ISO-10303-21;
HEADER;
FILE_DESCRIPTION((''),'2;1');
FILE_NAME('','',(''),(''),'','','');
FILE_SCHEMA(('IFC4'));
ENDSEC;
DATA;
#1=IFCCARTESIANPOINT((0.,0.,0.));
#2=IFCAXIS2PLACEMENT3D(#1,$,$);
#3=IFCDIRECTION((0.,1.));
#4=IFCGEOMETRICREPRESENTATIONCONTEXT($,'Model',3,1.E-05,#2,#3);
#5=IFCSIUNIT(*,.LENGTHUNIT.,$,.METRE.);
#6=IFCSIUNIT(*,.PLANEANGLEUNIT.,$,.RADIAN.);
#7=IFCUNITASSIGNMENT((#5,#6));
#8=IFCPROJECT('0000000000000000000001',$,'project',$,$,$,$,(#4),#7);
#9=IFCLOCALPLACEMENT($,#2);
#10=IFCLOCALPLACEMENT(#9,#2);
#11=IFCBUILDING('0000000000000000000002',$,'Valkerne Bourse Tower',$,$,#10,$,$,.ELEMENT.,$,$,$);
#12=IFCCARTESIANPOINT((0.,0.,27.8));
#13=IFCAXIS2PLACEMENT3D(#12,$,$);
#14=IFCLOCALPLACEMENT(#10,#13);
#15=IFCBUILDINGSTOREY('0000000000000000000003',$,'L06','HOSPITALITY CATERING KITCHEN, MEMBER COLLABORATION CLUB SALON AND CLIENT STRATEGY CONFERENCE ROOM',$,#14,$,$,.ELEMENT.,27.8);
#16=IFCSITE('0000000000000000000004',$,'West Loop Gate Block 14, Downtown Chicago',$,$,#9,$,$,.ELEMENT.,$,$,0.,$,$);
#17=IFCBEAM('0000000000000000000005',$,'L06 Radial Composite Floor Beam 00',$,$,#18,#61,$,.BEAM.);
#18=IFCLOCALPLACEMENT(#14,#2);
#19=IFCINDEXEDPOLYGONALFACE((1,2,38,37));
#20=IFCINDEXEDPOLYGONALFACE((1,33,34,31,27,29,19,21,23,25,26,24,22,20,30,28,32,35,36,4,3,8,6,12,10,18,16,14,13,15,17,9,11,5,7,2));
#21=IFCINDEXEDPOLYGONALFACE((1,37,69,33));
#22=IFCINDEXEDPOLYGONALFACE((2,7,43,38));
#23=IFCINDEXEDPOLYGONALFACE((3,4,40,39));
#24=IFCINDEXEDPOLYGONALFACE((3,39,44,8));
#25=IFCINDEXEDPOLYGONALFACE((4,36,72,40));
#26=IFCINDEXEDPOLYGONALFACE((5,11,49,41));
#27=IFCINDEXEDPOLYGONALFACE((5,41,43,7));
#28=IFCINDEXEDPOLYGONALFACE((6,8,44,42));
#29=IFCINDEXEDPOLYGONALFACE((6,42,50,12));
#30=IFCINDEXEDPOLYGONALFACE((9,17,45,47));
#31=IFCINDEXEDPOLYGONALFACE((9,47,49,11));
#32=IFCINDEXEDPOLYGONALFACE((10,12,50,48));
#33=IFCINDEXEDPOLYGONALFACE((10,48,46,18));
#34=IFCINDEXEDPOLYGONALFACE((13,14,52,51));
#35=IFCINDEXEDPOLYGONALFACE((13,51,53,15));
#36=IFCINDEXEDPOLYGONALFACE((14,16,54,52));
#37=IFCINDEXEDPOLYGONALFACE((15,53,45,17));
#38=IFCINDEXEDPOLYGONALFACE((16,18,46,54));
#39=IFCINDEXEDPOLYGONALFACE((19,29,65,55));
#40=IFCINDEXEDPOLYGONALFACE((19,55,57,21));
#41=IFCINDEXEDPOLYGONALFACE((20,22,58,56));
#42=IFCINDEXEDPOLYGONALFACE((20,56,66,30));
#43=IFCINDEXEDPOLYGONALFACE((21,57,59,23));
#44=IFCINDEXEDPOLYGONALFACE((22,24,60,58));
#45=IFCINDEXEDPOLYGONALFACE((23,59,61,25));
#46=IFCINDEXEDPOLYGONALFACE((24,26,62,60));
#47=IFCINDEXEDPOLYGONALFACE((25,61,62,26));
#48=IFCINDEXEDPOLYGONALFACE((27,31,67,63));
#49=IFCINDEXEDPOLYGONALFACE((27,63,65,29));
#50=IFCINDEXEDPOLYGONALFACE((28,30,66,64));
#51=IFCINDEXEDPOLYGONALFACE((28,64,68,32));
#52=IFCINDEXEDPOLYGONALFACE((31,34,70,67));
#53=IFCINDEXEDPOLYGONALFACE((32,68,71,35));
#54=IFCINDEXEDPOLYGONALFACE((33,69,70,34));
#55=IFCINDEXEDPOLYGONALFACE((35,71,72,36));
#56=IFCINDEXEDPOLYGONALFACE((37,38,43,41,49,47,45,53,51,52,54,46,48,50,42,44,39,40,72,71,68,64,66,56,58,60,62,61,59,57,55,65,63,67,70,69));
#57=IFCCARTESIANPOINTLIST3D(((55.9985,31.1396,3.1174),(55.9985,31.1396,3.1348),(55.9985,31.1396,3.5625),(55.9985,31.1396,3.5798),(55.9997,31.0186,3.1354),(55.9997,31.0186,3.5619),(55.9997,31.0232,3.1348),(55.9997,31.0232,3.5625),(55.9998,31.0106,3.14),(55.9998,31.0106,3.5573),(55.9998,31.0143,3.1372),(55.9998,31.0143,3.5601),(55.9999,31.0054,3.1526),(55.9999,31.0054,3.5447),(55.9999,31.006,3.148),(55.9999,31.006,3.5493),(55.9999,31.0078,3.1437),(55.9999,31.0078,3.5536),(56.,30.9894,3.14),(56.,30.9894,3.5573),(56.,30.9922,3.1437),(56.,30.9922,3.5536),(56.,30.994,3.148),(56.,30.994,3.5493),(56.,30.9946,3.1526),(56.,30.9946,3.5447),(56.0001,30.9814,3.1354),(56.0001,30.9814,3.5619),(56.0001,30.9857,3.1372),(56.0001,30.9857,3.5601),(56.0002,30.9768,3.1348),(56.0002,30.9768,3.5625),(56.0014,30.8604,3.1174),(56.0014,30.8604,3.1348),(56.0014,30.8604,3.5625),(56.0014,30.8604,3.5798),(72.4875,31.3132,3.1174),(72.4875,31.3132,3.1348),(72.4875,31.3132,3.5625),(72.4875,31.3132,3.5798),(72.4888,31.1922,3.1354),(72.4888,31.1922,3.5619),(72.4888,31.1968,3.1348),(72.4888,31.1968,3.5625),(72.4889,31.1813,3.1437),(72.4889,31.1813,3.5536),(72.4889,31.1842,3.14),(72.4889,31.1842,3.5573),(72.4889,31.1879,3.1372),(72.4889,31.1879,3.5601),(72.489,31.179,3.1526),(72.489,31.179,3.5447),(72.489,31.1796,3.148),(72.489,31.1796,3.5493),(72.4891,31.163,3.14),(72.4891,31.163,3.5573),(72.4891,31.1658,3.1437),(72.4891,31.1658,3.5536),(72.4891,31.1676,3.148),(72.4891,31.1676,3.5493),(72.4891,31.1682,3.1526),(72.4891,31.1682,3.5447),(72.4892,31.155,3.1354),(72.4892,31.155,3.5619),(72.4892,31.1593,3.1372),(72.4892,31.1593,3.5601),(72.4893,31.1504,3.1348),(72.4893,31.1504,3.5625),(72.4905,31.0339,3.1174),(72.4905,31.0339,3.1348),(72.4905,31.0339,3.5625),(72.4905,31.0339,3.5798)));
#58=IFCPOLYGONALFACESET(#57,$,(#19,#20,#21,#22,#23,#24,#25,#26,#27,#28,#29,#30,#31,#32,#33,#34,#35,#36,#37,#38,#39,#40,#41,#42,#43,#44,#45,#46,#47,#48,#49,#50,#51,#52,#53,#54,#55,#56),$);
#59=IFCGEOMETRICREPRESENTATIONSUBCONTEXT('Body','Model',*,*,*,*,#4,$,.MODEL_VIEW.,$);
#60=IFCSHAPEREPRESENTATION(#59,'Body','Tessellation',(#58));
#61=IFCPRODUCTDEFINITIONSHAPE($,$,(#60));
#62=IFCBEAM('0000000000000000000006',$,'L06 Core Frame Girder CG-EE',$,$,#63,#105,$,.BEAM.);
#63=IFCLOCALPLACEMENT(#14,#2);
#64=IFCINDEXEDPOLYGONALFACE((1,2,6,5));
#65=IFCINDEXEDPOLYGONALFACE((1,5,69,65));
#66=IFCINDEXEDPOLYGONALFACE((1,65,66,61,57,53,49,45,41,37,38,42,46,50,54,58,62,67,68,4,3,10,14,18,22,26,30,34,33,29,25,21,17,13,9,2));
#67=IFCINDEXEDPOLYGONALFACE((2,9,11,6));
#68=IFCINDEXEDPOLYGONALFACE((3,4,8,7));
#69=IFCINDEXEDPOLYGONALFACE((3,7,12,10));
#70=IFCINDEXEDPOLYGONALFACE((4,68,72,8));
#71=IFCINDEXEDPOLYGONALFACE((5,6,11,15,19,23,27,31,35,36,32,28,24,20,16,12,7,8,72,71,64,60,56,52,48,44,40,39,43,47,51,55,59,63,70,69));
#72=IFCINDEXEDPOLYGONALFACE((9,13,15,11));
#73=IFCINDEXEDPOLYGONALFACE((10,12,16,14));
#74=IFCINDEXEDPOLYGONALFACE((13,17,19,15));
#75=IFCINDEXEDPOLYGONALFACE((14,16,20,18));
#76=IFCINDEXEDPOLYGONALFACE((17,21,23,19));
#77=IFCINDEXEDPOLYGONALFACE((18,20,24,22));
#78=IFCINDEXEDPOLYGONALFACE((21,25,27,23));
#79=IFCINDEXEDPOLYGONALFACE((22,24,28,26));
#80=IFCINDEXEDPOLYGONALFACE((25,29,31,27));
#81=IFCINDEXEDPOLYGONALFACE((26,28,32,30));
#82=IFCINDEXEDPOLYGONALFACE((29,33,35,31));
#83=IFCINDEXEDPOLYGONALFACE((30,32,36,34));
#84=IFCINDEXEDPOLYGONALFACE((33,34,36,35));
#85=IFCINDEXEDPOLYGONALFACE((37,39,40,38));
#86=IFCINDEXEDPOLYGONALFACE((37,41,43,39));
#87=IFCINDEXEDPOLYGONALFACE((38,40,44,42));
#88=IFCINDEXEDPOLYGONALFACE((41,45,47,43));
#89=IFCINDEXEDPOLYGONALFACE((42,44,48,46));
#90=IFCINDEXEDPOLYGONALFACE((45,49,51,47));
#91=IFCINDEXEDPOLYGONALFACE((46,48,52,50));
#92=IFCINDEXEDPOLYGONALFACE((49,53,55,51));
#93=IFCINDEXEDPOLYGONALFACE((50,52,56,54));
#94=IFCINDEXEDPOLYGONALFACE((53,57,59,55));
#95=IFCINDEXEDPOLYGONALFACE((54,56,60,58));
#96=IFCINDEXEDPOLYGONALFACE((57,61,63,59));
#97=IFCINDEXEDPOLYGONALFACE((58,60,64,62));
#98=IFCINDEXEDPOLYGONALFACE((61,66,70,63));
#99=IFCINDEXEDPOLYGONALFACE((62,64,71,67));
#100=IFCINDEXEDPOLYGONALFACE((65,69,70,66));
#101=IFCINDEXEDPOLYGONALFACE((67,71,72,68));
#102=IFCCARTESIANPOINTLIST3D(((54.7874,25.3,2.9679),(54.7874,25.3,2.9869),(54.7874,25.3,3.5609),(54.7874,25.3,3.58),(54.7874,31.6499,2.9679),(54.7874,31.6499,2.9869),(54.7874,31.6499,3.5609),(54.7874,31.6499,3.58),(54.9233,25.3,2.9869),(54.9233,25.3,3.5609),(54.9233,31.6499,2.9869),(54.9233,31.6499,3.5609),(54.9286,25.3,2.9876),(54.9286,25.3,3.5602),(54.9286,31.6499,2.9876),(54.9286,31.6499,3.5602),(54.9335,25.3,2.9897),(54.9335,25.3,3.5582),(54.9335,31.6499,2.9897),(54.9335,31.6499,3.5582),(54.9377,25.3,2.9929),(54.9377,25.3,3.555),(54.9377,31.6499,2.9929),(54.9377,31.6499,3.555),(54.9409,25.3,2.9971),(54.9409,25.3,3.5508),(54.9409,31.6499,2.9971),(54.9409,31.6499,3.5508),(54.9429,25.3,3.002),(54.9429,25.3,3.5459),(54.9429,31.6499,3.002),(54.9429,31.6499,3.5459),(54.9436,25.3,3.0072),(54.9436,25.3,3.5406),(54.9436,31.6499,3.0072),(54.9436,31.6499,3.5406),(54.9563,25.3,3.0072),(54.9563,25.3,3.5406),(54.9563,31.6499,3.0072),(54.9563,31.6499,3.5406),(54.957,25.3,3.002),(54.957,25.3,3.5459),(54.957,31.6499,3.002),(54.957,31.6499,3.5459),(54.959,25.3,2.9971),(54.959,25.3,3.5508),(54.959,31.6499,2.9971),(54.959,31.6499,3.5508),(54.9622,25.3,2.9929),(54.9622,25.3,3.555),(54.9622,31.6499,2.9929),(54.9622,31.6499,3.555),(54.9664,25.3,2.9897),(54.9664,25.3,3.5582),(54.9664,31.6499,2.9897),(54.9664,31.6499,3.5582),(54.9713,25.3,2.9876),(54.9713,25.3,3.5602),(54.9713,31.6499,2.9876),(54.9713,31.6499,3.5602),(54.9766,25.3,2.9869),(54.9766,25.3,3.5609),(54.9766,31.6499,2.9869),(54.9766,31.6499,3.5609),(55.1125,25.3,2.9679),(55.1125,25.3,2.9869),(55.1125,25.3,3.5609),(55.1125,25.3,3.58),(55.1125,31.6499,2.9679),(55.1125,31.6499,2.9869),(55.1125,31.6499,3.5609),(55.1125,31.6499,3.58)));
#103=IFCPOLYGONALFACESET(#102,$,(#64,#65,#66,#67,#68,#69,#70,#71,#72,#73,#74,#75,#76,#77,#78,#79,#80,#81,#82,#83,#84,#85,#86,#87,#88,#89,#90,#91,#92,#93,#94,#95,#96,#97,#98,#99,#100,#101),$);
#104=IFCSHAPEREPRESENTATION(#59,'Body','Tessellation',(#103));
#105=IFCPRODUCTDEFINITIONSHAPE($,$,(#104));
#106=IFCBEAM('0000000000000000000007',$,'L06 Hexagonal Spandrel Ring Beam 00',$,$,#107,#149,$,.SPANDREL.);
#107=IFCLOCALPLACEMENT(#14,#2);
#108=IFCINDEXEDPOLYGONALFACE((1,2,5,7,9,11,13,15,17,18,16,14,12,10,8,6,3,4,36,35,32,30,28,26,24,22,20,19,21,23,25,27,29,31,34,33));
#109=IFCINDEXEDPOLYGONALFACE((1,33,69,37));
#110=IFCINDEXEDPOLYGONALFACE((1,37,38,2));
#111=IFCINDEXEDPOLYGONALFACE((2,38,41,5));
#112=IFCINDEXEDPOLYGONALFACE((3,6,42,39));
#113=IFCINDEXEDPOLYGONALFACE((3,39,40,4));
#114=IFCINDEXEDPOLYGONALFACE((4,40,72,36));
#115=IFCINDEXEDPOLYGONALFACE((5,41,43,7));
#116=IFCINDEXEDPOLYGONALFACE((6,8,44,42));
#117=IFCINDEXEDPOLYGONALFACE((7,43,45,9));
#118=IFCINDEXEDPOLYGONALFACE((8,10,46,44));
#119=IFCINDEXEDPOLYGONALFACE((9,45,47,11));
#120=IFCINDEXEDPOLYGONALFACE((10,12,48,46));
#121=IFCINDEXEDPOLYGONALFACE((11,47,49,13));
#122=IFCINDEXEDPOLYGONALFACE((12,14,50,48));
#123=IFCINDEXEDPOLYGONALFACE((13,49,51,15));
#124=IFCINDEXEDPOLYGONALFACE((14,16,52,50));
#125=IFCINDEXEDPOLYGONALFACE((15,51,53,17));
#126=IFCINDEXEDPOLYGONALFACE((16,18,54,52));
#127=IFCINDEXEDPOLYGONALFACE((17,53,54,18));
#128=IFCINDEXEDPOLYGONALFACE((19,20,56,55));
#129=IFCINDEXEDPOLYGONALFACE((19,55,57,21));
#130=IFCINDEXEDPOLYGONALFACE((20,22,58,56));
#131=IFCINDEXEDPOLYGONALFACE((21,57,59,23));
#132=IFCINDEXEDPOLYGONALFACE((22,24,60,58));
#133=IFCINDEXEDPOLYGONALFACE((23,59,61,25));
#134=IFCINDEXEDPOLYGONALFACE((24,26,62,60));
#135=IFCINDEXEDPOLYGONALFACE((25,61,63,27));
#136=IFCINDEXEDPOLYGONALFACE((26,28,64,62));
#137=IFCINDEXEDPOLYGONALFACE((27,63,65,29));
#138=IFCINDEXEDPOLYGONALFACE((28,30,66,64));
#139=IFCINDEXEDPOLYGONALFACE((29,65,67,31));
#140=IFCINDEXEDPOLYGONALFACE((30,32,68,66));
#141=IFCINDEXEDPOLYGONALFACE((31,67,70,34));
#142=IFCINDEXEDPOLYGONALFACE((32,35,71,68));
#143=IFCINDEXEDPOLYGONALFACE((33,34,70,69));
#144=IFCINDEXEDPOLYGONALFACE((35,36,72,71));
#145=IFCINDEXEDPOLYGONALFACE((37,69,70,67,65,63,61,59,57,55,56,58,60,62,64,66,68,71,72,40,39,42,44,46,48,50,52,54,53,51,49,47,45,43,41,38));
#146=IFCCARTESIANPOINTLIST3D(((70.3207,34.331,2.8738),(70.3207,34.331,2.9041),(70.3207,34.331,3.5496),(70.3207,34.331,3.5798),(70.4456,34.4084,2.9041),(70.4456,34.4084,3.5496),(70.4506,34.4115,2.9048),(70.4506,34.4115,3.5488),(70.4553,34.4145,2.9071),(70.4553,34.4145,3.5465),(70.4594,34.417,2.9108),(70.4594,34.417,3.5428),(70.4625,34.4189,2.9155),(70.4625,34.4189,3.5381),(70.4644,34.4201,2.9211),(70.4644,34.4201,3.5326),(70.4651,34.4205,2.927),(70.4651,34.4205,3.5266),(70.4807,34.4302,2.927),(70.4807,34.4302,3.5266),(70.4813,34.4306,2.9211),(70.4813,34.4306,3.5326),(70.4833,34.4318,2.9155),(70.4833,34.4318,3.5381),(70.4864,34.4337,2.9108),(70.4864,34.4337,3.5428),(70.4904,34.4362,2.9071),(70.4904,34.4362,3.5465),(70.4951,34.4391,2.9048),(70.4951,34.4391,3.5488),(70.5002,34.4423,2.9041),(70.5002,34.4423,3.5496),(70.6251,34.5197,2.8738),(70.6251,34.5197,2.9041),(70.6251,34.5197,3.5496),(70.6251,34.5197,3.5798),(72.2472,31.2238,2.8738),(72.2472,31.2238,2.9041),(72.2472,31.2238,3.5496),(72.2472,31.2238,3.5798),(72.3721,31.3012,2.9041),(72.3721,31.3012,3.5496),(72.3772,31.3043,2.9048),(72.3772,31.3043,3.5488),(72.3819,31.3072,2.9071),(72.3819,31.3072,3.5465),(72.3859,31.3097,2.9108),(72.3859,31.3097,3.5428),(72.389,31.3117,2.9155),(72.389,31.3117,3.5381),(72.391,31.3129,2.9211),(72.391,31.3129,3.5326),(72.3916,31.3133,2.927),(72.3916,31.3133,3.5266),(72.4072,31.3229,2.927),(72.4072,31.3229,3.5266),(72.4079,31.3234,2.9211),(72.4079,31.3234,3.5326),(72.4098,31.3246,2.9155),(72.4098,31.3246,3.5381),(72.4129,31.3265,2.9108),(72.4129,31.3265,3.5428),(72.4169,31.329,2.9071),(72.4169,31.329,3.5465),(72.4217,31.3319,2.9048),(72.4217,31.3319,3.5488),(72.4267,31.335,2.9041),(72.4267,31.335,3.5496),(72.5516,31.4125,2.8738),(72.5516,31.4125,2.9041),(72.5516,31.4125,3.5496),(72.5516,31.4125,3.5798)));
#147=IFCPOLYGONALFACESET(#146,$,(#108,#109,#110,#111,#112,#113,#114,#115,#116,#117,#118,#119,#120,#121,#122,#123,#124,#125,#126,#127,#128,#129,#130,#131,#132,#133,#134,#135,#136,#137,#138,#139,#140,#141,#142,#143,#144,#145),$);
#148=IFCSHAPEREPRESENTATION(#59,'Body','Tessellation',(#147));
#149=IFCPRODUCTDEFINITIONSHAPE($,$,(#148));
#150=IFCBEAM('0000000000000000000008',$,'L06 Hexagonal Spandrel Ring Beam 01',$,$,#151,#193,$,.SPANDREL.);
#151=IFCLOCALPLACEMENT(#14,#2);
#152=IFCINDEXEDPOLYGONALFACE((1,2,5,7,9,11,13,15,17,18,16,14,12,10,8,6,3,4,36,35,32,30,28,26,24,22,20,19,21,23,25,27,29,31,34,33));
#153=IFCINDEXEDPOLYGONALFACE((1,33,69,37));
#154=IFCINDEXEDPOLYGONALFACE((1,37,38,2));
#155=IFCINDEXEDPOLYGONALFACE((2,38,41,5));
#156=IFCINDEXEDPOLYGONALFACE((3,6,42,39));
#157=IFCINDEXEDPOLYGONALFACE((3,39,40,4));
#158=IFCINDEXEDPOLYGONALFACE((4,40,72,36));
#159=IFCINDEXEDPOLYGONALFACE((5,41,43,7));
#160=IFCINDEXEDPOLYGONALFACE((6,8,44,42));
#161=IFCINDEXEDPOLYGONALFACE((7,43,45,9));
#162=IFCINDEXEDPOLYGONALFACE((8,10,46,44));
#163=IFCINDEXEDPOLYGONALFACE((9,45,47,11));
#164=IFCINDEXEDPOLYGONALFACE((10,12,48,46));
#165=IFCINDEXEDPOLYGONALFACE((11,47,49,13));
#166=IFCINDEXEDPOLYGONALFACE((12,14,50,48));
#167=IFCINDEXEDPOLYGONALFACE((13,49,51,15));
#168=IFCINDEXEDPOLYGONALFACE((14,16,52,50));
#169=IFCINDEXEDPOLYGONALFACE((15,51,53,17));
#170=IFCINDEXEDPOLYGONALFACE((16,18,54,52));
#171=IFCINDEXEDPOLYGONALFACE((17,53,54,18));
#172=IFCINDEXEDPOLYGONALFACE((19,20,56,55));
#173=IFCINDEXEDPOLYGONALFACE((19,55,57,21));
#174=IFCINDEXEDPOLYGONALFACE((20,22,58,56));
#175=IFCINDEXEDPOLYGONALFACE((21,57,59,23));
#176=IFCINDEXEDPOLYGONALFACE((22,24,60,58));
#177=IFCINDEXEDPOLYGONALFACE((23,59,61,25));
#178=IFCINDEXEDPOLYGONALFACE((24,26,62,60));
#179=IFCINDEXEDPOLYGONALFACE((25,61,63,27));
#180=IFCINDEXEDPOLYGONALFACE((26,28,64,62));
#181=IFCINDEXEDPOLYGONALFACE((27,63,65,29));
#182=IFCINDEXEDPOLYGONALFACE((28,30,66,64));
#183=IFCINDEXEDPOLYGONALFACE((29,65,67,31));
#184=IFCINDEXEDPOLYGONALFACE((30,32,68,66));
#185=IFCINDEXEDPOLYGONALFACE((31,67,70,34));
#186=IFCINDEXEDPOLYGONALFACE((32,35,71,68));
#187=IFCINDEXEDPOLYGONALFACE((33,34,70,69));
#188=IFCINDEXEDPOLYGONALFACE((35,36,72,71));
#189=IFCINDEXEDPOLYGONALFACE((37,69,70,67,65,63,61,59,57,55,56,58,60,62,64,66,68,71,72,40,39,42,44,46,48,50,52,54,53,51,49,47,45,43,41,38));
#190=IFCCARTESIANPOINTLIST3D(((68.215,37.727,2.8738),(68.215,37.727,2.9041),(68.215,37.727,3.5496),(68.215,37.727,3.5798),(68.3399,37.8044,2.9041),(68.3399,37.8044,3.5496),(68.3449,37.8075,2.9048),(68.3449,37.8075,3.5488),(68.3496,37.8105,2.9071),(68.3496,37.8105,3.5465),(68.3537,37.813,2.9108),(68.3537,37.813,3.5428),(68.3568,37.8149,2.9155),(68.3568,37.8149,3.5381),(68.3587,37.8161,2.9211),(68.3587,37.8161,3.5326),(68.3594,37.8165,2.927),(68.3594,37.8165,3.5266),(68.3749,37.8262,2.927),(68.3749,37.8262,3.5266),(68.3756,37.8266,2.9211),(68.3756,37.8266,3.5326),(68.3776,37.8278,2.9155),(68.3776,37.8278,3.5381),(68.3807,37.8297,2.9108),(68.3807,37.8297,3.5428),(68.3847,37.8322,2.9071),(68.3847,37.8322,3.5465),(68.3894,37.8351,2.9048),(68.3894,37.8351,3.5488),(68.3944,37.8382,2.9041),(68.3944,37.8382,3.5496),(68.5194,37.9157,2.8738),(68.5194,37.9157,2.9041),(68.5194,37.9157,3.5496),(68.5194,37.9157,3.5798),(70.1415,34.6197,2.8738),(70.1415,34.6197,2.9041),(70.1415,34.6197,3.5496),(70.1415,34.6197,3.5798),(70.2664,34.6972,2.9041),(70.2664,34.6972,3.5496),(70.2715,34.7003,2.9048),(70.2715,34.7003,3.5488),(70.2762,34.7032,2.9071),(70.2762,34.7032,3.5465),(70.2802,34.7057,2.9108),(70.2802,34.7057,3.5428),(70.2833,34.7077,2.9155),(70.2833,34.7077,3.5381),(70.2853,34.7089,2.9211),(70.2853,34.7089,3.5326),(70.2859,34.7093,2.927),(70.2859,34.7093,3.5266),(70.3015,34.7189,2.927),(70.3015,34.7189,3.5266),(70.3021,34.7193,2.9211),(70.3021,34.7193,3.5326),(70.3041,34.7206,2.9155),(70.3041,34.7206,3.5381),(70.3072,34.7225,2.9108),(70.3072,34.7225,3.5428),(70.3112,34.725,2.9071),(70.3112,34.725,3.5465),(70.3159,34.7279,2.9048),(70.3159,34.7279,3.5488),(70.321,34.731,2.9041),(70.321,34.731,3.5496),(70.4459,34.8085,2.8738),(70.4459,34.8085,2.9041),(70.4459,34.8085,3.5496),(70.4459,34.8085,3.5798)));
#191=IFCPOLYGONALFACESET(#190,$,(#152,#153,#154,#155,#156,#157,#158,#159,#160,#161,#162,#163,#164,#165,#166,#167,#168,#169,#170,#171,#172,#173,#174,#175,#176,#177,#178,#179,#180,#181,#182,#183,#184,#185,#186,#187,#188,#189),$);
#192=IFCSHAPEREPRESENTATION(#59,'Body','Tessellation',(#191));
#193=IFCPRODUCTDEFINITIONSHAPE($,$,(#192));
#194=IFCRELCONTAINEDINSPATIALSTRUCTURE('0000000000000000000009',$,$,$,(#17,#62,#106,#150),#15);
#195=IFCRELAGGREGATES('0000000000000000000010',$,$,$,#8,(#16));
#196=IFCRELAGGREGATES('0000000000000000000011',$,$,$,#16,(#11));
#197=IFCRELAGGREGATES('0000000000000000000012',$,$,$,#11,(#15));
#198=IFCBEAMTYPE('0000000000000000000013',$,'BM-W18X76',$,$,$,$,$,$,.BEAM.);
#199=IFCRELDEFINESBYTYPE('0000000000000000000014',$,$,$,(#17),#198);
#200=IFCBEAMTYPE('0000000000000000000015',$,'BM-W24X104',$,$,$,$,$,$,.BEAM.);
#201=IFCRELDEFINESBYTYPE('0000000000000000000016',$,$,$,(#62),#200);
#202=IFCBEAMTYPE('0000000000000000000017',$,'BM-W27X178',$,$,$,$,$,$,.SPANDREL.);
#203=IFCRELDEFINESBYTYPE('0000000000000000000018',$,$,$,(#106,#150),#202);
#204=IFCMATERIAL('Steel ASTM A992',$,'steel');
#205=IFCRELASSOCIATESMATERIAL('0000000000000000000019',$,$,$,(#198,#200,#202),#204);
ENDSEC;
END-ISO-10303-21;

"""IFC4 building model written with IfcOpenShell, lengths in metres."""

from ifc_helpers import new_model, si_unit, direction, frame, origin, origin_2d, place, context, subcontext, project, spatial, i_section, extrude, material, material_profile, profile_set, type_object, element, save


model = new_model("IFC4")

# Units and contexts
model_context = context("Model", 3, precision=1e-05, world=origin(), true_north=direction((0.0, 1.0)))
body_context = subcontext(model_context, "Body", "Model", "MODEL_VIEW")
ifc_project = project(units=[si_unit("LENGTHUNIT", "METRE"), si_unit("PLANEANGLEUNIT", "RADIAN")], contexts=[model_context])

# Site, building, storey
site_placement = place(None, origin())
site = spatial("IfcSite", under=ifc_project, at=site_placement, Name="West Loop Gate Block 14, Downtown Chicago", CompositionType="ELEMENT", RefElevation=0.0)
building_placement = place(site_placement, origin())
building = spatial("IfcBuilding", under=site, at=building_placement, Name="Valkerne Bourse Tower", CompositionType="ELEMENT")
storey_placement = place(building_placement, frame((0.0, 0.0, 27.8)))
storey = spatial("IfcBuildingStorey", under=building, at=storey_placement, Name="L06", Description="HOSPITALITY CATERING KITCHEN, MEMBER COLLABORATION CLUB SALON AND CLIENT STRATEGY CONFERENCE ROOM", CompositionType="ELEMENT", Elevation=27.8)

# Beams
ifc_material_1 = material(Name="Steel ASTM A992", Category="steel")
ifc_material_profile_1 = material_profile(ifc_material_1, i_section(OverallWidth=0.2793, OverallDepth=0.4624, WebThickness=0.0107, FlangeThickness=0.0173, FilletRadius=0.0178, at=origin_2d()), Name="W18X76")
ifc_profile_set_1 = profile_set([ifc_material_profile_1], Name="Steel ASTM A992")
beam_type_1 = type_object("IfcBeamType", Name="BM-W18X76", PredefinedType="BEAM", material=ifc_profile_set_1)
beam_1_placement = place(storey_placement, frame((72.489, 31.1736, 3.3486), z_axis=(-0.999945, -0.010527, 0.0), x_axis=(0.010527, -0.999945, 0.0)))
element("IfcBeam", 1, at=beam_1_placement, inside=storey, type_object=beam_type_1, Name="L06 Radial Composite Floor Beam 00", PredefinedType="BEAM", context=body_context, shape_type="SweptSolid", body=[
    extrude(i_section(OverallWidth=0.2793, OverallDepth=0.4624, WebThickness=0.0107, FlangeThickness=0.0173, FilletRadius=0.0178, at=origin_2d()), origin(), (0.0, 0.0, 1.0), 16.49),
])
ifc_material_profile_2 = material_profile(ifc_material_1, i_section(OverallWidth=0.3252, OverallDepth=0.6121, WebThickness=0.0127, FlangeThickness=0.019, FilletRadius=0.0203, at=origin_2d()), Name="W24X104")
ifc_profile_set_2 = profile_set([ifc_material_profile_2], Name="Steel ASTM A992")
beam_type_2 = type_object("IfcBeamType", Name="BM-W24X104", PredefinedType="BEAM", material=ifc_profile_set_2)
beam_2_placement = place(storey_placement, frame((54.95, 25.3, 3.2739), z_axis=(0.0, 1.0, 0.0), x_axis=(-1.0, 0.0, 0.0)))
element("IfcBeam", 2, at=beam_2_placement, inside=storey, type_object=beam_type_2, Name="L06 Core Frame Girder CG-EE", PredefinedType="BEAM", context=body_context, shape_type="SweptSolid", body=[
    extrude(i_section(OverallWidth=0.3252, OverallDepth=0.6121, WebThickness=0.0127, FlangeThickness=0.019, FilletRadius=0.0203, at=origin_2d()), origin(), (0.0, 0.0, 1.0), 6.3499),
])
ifc_material_profile_3 = material_profile(ifc_material_1, i_section(OverallWidth=0.3582, OverallDepth=0.7061, WebThickness=0.0183, FlangeThickness=0.0303, FilletRadius=0.0229, at=origin_2d()), Name="W27X178")
ifc_profile_set_3 = profile_set([ifc_material_profile_3], Name="Steel ASTM A992")
beam_type_3 = type_object("IfcBeamType", Name="BM-W27X178", PredefinedType="SPANDREL", material=ifc_profile_set_3)
for number, where, z_axis, x_axis, name in (
    (3, (72.3994, 31.3181, 3.2268), (-0.526952, 0.849895, 0.0), (-0.849895, -0.526952, 0.0), "L06 Hexagonal Spandrel Ring Beam 00"),
    (4, (70.2937, 34.7141, 3.2268), (-0.526952, 0.849895, 0.0), (-0.849895, -0.526952, 0.0), "L06 Hexagonal Spandrel Ring Beam 01"),
):
    element("IfcBeam", number, at=place(storey_placement, frame(where, z_axis=z_axis, x_axis=x_axis)), inside=storey, type_object=beam_type_3, Name=name, PredefinedType="SPANDREL", context=body_context, shape_type="SweptSolid", body=[
        extrude(i_section(OverallWidth=0.3582, OverallDepth=0.7061, WebThickness=0.0183, FlangeThickness=0.0303, FilletRadius=0.0229, at=origin_2d()), origin(), (0.0, 0.0, 1.0), 3.656),
    ])

save(model, "model.ifc")
